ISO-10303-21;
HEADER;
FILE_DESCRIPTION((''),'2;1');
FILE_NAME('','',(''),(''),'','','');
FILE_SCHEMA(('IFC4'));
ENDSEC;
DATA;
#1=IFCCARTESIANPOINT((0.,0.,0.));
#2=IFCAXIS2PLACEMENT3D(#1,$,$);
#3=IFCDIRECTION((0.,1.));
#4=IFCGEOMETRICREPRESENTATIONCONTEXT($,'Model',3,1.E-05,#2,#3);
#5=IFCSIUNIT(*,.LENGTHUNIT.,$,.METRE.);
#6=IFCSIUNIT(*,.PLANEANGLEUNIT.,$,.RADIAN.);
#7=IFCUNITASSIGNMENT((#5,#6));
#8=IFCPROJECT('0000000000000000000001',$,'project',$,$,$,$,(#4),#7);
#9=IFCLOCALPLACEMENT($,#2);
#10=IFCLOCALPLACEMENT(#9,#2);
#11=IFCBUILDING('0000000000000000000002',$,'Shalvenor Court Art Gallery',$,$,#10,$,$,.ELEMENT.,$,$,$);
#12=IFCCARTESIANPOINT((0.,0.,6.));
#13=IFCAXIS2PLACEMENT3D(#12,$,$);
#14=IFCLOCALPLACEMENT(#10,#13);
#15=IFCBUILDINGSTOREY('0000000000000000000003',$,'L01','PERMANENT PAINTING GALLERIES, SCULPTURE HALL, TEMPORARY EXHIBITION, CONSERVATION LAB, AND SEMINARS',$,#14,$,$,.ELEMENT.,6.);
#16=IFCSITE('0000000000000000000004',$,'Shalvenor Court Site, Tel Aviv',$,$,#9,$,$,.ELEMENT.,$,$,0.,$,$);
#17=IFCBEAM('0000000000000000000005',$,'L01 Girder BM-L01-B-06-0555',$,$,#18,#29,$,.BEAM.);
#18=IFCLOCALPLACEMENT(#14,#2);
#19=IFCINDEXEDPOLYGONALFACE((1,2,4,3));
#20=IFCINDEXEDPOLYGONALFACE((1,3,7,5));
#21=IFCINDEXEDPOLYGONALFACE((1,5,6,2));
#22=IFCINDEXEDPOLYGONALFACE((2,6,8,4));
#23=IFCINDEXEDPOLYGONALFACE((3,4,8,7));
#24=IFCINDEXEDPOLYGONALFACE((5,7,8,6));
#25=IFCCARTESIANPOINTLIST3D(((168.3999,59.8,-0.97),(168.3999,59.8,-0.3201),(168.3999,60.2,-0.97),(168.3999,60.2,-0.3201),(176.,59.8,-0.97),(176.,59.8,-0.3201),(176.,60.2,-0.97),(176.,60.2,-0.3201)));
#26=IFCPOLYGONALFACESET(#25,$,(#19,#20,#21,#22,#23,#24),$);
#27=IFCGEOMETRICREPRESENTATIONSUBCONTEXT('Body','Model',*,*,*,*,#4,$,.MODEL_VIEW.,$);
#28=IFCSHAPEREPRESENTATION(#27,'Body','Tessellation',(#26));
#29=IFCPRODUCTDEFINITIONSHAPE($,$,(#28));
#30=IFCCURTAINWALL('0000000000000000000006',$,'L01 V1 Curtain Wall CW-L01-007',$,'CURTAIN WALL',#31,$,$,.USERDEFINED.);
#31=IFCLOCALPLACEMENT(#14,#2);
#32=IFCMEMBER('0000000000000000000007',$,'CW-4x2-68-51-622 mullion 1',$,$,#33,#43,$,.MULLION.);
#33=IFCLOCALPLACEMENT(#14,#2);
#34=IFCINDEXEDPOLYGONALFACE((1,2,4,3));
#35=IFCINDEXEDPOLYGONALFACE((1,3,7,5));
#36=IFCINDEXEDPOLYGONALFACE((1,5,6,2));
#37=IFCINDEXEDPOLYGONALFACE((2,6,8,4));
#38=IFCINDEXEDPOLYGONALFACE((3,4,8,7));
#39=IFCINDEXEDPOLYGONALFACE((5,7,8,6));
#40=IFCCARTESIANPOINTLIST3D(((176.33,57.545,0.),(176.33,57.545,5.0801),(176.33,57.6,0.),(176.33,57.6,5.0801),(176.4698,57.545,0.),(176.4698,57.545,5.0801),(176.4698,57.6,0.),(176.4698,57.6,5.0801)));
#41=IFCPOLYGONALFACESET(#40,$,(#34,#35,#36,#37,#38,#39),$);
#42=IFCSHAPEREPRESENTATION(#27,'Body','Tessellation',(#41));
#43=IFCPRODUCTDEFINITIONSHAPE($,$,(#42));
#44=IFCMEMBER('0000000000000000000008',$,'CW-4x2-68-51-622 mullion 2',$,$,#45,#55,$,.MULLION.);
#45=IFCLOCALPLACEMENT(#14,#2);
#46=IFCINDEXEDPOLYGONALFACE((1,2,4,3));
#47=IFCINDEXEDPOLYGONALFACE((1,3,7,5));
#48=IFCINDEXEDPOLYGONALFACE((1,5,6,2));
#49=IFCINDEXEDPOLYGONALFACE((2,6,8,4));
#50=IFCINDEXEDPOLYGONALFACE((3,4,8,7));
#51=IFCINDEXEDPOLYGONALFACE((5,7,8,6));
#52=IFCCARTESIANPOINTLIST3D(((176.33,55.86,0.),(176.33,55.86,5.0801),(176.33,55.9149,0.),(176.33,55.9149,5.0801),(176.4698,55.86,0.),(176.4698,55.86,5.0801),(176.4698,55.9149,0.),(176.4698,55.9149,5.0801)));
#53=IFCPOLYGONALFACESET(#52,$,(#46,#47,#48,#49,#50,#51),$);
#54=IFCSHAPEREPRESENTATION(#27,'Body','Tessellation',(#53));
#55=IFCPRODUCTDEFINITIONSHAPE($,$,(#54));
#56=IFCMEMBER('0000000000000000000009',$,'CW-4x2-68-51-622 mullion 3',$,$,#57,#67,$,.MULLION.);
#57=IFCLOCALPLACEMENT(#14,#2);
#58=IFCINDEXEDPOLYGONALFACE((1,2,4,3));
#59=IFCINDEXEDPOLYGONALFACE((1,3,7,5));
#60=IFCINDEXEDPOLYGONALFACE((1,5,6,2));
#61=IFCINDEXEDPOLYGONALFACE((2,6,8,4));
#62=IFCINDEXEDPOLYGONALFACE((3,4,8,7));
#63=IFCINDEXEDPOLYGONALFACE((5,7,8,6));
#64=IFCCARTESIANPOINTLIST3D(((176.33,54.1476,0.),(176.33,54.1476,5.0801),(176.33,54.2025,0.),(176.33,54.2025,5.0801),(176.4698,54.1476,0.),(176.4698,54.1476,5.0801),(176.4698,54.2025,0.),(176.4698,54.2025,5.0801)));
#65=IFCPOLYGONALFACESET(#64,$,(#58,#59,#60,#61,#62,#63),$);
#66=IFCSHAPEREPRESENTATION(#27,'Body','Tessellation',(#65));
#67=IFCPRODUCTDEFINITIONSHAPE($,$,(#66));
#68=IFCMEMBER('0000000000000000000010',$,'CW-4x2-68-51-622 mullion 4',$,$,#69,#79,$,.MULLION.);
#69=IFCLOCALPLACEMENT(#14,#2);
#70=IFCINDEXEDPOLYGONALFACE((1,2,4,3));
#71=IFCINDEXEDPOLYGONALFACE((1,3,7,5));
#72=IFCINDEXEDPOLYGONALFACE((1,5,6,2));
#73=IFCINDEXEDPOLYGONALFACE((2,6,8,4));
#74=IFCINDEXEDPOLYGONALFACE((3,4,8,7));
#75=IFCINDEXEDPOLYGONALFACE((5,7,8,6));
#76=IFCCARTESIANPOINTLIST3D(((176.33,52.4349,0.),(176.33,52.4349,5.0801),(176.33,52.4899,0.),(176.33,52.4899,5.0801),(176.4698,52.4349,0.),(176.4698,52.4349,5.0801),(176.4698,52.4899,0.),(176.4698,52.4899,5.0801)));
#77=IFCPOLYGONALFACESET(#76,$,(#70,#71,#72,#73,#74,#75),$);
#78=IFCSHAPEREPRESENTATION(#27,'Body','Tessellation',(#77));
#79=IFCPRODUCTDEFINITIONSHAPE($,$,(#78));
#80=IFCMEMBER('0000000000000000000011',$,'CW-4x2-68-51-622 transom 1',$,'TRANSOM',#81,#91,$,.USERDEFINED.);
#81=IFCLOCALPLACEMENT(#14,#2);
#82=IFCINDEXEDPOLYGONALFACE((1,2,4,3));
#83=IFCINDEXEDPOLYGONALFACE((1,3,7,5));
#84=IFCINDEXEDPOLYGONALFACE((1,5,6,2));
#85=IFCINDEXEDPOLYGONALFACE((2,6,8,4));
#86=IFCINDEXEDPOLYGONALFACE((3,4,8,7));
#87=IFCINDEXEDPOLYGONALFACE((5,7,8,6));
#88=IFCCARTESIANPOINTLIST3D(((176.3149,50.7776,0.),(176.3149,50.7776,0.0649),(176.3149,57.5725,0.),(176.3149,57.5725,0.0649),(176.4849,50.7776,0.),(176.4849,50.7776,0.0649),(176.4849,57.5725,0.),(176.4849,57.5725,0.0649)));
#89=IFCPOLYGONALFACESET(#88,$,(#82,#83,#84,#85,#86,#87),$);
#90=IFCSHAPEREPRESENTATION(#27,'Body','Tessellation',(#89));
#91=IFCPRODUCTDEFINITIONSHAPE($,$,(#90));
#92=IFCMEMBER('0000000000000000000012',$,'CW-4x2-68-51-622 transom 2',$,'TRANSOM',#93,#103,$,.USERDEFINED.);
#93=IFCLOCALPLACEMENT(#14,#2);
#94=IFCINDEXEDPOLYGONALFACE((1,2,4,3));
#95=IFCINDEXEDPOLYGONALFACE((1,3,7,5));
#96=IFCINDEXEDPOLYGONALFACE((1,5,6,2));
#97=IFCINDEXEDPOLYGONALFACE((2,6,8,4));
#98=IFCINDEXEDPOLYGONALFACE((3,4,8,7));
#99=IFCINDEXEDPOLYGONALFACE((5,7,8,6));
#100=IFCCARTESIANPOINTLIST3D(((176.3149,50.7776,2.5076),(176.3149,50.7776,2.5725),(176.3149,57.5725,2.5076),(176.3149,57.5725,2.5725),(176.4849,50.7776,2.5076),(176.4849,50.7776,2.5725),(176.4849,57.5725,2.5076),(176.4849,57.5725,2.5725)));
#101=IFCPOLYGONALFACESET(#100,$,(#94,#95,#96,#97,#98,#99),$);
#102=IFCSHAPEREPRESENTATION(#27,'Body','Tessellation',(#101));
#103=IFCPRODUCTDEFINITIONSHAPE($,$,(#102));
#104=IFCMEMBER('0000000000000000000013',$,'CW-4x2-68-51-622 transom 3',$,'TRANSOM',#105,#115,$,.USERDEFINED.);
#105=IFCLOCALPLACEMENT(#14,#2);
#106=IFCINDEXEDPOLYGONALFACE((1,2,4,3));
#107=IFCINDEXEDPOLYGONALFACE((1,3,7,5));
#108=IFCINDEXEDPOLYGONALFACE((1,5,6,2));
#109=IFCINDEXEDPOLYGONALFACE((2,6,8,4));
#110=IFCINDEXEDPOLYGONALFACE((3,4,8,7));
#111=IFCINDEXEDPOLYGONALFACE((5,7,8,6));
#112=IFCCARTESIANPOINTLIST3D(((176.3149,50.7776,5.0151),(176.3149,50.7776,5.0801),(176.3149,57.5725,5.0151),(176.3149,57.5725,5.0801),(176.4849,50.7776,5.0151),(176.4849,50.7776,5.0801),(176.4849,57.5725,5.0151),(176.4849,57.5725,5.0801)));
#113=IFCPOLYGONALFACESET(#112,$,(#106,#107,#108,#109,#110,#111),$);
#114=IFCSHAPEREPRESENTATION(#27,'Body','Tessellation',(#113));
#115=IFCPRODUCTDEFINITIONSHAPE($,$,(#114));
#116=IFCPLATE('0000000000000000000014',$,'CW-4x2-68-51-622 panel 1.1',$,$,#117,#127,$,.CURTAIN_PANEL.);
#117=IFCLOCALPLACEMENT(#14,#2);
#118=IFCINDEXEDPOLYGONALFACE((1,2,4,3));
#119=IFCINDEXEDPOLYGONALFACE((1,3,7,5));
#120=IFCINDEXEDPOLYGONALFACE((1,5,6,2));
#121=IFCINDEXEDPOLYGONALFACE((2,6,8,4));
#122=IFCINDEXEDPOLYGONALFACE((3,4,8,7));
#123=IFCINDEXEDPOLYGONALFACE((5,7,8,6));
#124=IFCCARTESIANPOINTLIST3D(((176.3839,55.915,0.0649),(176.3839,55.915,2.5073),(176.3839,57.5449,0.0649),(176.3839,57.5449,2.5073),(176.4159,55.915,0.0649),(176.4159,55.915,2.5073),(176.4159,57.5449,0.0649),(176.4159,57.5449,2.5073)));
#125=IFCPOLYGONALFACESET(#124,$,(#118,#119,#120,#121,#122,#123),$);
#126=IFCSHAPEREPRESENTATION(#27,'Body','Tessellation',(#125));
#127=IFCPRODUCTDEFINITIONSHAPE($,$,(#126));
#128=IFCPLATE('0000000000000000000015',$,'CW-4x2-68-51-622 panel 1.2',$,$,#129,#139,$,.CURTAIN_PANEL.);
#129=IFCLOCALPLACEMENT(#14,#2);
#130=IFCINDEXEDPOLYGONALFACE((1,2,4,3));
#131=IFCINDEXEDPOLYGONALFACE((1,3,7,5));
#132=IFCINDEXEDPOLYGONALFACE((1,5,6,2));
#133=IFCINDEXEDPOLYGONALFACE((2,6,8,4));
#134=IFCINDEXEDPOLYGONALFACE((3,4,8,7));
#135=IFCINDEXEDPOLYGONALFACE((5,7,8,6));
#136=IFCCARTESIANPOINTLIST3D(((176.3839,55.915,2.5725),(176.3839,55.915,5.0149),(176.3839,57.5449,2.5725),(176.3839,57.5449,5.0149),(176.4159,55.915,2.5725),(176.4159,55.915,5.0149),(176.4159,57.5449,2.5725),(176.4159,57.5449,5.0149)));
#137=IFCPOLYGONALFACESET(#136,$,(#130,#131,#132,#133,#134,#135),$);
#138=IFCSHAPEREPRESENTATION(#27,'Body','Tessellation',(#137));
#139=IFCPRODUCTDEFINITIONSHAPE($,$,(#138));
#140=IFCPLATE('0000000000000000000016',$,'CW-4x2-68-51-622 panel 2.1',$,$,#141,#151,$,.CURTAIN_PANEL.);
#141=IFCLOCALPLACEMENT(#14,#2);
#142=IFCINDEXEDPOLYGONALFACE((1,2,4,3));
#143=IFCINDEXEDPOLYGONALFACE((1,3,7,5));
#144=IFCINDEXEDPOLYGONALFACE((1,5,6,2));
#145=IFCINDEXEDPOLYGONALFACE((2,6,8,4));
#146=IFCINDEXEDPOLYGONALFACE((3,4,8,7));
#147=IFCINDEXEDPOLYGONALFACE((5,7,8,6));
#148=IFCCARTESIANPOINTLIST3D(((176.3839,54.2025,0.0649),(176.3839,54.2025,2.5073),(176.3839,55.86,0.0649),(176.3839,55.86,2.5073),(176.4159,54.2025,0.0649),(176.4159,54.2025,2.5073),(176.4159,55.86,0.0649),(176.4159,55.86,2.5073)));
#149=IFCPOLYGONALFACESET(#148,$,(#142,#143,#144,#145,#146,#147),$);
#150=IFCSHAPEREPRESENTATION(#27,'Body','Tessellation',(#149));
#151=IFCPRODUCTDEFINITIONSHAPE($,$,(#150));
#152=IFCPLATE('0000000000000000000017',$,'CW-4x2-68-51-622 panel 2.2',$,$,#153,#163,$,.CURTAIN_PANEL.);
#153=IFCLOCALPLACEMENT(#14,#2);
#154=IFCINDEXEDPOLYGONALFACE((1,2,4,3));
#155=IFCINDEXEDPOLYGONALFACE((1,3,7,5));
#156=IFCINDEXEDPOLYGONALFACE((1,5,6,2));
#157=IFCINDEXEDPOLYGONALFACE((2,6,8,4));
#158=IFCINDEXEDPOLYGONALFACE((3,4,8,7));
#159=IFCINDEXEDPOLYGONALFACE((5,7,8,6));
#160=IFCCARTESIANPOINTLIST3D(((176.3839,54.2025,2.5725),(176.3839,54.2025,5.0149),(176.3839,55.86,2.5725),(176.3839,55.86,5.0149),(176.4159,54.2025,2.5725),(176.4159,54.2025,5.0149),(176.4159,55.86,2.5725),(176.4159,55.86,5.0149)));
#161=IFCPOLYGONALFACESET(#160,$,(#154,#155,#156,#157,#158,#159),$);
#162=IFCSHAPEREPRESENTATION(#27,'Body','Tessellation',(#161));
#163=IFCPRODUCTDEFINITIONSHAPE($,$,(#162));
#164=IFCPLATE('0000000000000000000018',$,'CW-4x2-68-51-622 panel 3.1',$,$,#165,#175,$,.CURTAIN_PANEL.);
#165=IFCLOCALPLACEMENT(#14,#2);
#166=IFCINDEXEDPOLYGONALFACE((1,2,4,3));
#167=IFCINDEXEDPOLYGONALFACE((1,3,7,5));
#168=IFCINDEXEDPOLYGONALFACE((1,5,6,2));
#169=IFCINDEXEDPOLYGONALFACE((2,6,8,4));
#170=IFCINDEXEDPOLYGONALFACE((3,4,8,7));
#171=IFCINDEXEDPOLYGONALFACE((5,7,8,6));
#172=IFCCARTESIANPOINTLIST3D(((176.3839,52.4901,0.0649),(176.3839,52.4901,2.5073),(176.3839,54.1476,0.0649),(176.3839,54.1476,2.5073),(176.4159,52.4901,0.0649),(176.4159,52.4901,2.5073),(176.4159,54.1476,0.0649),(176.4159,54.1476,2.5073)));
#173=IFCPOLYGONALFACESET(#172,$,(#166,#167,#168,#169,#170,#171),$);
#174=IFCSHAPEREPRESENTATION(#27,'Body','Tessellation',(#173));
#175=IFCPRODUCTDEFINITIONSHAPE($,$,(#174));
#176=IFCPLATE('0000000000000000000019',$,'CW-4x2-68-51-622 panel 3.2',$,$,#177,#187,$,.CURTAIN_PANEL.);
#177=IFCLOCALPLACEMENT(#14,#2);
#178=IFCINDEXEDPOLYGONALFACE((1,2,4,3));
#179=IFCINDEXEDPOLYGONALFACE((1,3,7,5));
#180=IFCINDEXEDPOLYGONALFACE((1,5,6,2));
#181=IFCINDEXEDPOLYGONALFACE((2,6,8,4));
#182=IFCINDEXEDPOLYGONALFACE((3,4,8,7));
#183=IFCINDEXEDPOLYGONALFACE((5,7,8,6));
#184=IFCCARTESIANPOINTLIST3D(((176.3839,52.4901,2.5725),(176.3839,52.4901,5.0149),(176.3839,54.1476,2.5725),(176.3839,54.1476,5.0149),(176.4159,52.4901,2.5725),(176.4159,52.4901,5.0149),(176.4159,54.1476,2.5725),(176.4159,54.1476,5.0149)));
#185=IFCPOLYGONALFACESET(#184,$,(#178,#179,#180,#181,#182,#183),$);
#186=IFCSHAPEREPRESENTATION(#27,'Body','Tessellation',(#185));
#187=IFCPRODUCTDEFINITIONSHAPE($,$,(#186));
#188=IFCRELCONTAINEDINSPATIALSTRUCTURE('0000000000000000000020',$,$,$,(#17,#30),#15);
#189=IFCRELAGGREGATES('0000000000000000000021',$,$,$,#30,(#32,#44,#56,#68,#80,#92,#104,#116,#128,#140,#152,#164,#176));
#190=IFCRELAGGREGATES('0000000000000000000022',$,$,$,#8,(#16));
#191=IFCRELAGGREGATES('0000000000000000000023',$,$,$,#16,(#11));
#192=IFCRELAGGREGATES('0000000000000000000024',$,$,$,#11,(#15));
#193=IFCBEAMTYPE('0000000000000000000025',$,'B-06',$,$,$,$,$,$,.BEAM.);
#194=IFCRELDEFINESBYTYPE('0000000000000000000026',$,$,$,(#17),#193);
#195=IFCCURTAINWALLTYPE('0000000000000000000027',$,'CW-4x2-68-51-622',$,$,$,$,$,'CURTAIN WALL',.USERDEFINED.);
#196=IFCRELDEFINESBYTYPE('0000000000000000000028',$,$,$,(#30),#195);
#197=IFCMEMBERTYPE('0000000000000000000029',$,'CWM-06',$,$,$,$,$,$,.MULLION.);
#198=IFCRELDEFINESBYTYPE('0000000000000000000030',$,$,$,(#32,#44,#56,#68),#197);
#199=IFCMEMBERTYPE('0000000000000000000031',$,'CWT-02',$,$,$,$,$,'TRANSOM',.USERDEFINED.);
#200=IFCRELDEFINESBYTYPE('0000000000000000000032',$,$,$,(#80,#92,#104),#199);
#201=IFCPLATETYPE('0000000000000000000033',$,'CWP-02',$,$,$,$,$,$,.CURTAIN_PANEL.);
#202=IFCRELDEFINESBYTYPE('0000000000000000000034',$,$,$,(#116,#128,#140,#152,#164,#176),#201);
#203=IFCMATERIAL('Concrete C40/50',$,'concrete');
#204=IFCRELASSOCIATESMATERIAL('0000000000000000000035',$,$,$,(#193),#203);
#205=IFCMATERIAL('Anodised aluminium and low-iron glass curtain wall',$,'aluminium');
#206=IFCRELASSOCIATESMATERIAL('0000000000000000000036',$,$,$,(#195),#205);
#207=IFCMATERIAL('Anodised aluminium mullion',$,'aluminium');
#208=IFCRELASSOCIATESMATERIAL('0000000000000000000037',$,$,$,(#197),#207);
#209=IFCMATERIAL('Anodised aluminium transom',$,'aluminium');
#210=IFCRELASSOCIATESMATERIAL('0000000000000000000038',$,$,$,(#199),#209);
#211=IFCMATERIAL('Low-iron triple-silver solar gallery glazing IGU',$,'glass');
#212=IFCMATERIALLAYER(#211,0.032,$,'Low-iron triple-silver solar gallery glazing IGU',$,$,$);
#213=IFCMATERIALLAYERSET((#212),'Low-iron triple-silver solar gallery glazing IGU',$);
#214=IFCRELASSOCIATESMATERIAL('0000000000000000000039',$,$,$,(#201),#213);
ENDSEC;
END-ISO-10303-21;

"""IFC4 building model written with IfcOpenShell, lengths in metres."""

from ifc_helpers import new_model, si_unit, direction, frame, origin, origin_2d, place, context, subcontext, project, spatial, rectangle, extrude, material, layer, layer_set, material_profile, profile_set, type_object, element, aggregate, save


model = new_model("IFC4")

# Units and contexts
model_context = context("Model", 3, precision=1e-05, world=origin(), true_north=direction((0.0, 1.0)))
body_context = subcontext(model_context, "Body", "Model", "MODEL_VIEW")
ifc_project = project(units=[si_unit("LENGTHUNIT", "METRE"), si_unit("PLANEANGLEUNIT", "RADIAN")], contexts=[model_context])

# Site, building, storey
site_placement = place(None, origin())
site = spatial("IfcSite", under=ifc_project, at=site_placement, Name="Shalvenor Court Site, Tel Aviv", CompositionType="ELEMENT", RefElevation=0.0)
building_placement = place(site_placement, origin())
building = spatial("IfcBuilding", under=site, at=building_placement, Name="Shalvenor Court Art Gallery", CompositionType="ELEMENT")
storey_placement = place(building_placement, frame((0.0, 0.0, 6.0)))
storey = spatial("IfcBuildingStorey", under=building, at=storey_placement, Name="L01", Description="PERMANENT PAINTING GALLERIES, SCULPTURE HALL, TEMPORARY EXHIBITION, CONSERVATION LAB, AND SEMINARS", CompositionType="ELEMENT", Elevation=6.0)

# Beam
ifc_material_1 = material(Name="Concrete C40/50", Category="concrete")
ifc_material_profile_1 = material_profile(ifc_material_1, rectangle(XDim=0.3999, YDim=0.6499, at=origin_2d()), Name="RC 400x650")
ifc_profile_set_1 = profile_set([ifc_material_profile_1], Name="Concrete C40/50")
beam_type = type_object("IfcBeamType", Name="B-06", PredefinedType="BEAM", material=ifc_profile_set_1)
beam_placement = place(storey_placement, frame((168.3999, 60.0, -0.645), z_axis=(1.0, 0.0, 0.0), x_axis=(0.0, 1.0, 0.0)))
element("IfcBeam", 1, at=beam_placement, inside=storey, type_object=beam_type, Name="L01 Girder BM-L01-B-06-0555", PredefinedType="BEAM", context=body_context, shape_type="SweptSolid", body=[
    extrude(rectangle(XDim=0.3999, YDim=0.6499, at=origin_2d()), origin(), (0.0, 0.0, 1.0), 7.6001),
])

# Curtain wall, members, plates
ifc_material_2 = material(Name="Anodised aluminium and low-iron glass curtain wall", Category="aluminium")
curtain_wall_type = type_object("IfcCurtainWallType", Name="CW-4x2-68-51-622", ElementType="CURTAIN WALL", PredefinedType="USERDEFINED", material=ifc_material_2)
curtain_wall_placement = place(storey_placement, origin())
curtain_wall = element("IfcCurtainWall", 2, at=curtain_wall_placement, inside=storey, type_object=curtain_wall_type, Name="L01 V1 Curtain Wall CW-L01-007", ObjectType="CURTAIN WALL", PredefinedType="USERDEFINED")
ifc_material_3 = material(Name="Anodised aluminium mullion", Category="aluminium")
ifc_material_profile_2 = material_profile(ifc_material_3, rectangle(XDim=0.0549, YDim=0.1399, at=origin_2d()), Name="CWM-06")
ifc_profile_set_2 = profile_set([ifc_material_profile_2], Name="Anodised aluminium mullion")
member_type_1 = type_object("IfcMemberType", Name="CWM-06", PredefinedType="MULLION", material=ifc_profile_set_2)
member_1_placement = place(storey_placement, frame((176.3999, 57.5725, 0.0), z_axis=(0.0, 0.0, 1.0), x_axis=(0.0, -1.0, 0.0)))
member_1 = element("IfcMember", 3, at=member_1_placement, type_object=member_type_1, Name="CW-4x2-68-51-622 mullion 1", PredefinedType="MULLION", context=body_context, shape_type="SweptSolid", body=[
    extrude(rectangle(XDim=0.0549, YDim=0.1399, at=origin_2d()), origin(), (0.0, 0.0, 1.0), 5.0801),
])
member_2_placement = place(storey_placement, frame((176.3999, 55.8875, 0.0), z_axis=(0.0, 0.0, 1.0), x_axis=(0.0, -1.0, 0.0)))
member_2 = element("IfcMember", 4, at=member_2_placement, type_object=member_type_1, Name="CW-4x2-68-51-622 mullion 2", PredefinedType="MULLION", context=body_context, shape_type="SweptSolid", body=[
    extrude(rectangle(XDim=0.0549, YDim=0.1399, at=origin_2d()), origin(), (0.0, 0.0, 1.0), 5.0801),
])
member_3_placement = place(storey_placement, frame((176.3999, 54.175, 0.0), z_axis=(0.0, 0.0, 1.0), x_axis=(0.0, -1.0, 0.0)))
member_3 = element("IfcMember", 5, at=member_3_placement, type_object=member_type_1, Name="CW-4x2-68-51-622 mullion 3", PredefinedType="MULLION", context=body_context, shape_type="SweptSolid", body=[
    extrude(rectangle(XDim=0.0549, YDim=0.1399, at=origin_2d()), origin(), (0.0, 0.0, 1.0), 5.0801),
])
member_4_placement = place(storey_placement, frame((176.3999, 52.4624, 0.0), z_axis=(0.0, 0.0, 1.0), x_axis=(0.0, -1.0, 0.0)))
member_4 = element("IfcMember", 6, at=member_4_placement, type_object=member_type_1, Name="CW-4x2-68-51-622 mullion 4", PredefinedType="MULLION", context=body_context, shape_type="SweptSolid", body=[
    extrude(rectangle(XDim=0.0549, YDim=0.1399, at=origin_2d()), origin(), (0.0, 0.0, 1.0), 5.0801),
])
ifc_material_4 = material(Name="Anodised aluminium transom", Category="aluminium")
ifc_material_profile_3 = material_profile(ifc_material_4, rectangle(XDim=0.1699, YDim=0.0649, at=origin_2d()), Name="CWT-02")
ifc_profile_set_3 = profile_set([ifc_material_profile_3], Name="Anodised aluminium transom")
member_type_2 = type_object("IfcMemberType", Name="CWT-02", ElementType="TRANSOM", PredefinedType="USERDEFINED", material=ifc_profile_set_3)
member_5_placement = place(storey_placement, frame((176.3999, 57.5725, 0.0325), z_axis=(0.0, -1.0, 0.0), x_axis=(1.0, 0.0, 0.0)))
member_5 = element("IfcMember", 7, at=member_5_placement, type_object=member_type_2, Name="CW-4x2-68-51-622 transom 1", ObjectType="TRANSOM", PredefinedType="USERDEFINED", context=body_context, shape_type="SweptSolid", body=[
    extrude(rectangle(XDim=0.1699, YDim=0.0649, at=origin_2d()), origin(), (0.0, 0.0, 1.0), 6.7949),
])
member_6_placement = place(storey_placement, frame((176.3999, 57.5725, 2.54), z_axis=(0.0, -1.0, 0.0), x_axis=(1.0, 0.0, 0.0)))
member_6 = element("IfcMember", 8, at=member_6_placement, type_object=member_type_2, Name="CW-4x2-68-51-622 transom 2", ObjectType="TRANSOM", PredefinedType="USERDEFINED", context=body_context, shape_type="SweptSolid", body=[
    extrude(rectangle(XDim=0.1699, YDim=0.0649, at=origin_2d()), origin(), (0.0, 0.0, 1.0), 6.7949),
])
member_7_placement = place(storey_placement, frame((176.3999, 57.5725, 5.0476), z_axis=(0.0, -1.0, 0.0), x_axis=(1.0, 0.0, 0.0)))
member_7 = element("IfcMember", 9, at=member_7_placement, type_object=member_type_2, Name="CW-4x2-68-51-622 transom 3", ObjectType="TRANSOM", PredefinedType="USERDEFINED", context=body_context, shape_type="SweptSolid", body=[
    extrude(rectangle(XDim=0.1699, YDim=0.0649, at=origin_2d()), origin(), (0.0, 0.0, 1.0), 6.7949),
])
ifc_material_5 = material(Name="Low-iron triple-silver solar gallery glazing IGU", Category="glass")
ifc_layer_1 = layer(ifc_material_5, 0.032, Name="Low-iron triple-silver solar gallery glazing IGU")
ifc_layer_set_1 = layer_set([ifc_layer_1], Name="Low-iron triple-silver solar gallery glazing IGU")
plate_type_1 = type_object("IfcPlateType", Name="CWP-02", PredefinedType="CURTAIN_PANEL", material=ifc_layer_set_1)
plate_1_placement = place(storey_placement, frame((176.3999, 56.73, 0.0649), z_axis=(0.0, 0.0, 1.0), x_axis=(0.0, -1.0, 0.0)))
plate_1 = element("IfcPlate", 10, at=plate_1_placement, type_object=plate_type_1, Name="CW-4x2-68-51-622 panel 1.1", PredefinedType="CURTAIN_PANEL", context=body_context, shape_type="SweptSolid", body=[
    extrude(rectangle(XDim=1.6299, YDim=0.032, at=origin_2d()), origin(), (0.0, 0.0, 1.0), 2.4424),
])
plate_2_placement = place(storey_placement, frame((176.3999, 56.73, 2.5725), z_axis=(0.0, 0.0, 1.0), x_axis=(0.0, -1.0, 0.0)))
plate_2 = element("IfcPlate", 11, at=plate_2_placement, type_object=plate_type_1, Name="CW-4x2-68-51-622 panel 1.2", PredefinedType="CURTAIN_PANEL", context=body_context, shape_type="SweptSolid", body=[
    extrude(rectangle(XDim=1.6299, YDim=0.032, at=origin_2d()), origin(), (0.0, 0.0, 1.0), 2.4424),
])
plate_3_placement = place(storey_placement, frame((176.3999, 55.0312, 0.0649), z_axis=(0.0, 0.0, 1.0), x_axis=(0.0, -1.0, 0.0)))
plate_3 = element("IfcPlate", 12, at=plate_3_placement, type_object=plate_type_1, Name="CW-4x2-68-51-622 panel 2.1", PredefinedType="CURTAIN_PANEL", context=body_context, shape_type="SweptSolid", body=[
    extrude(rectangle(XDim=1.6575, YDim=0.032, at=origin_2d()), origin(), (0.0, 0.0, 1.0), 2.4424),
])
plate_4_placement = place(storey_placement, frame((176.3999, 55.0312, 2.5725), z_axis=(0.0, 0.0, 1.0), x_axis=(0.0, -1.0, 0.0)))
plate_4 = element("IfcPlate", 13, at=plate_4_placement, type_object=plate_type_1, Name="CW-4x2-68-51-622 panel 2.2", PredefinedType="CURTAIN_PANEL", context=body_context, shape_type="SweptSolid", body=[
    extrude(rectangle(XDim=1.6575, YDim=0.032, at=origin_2d()), origin(), (0.0, 0.0, 1.0), 2.4424),
])
plate_5_placement = place(storey_placement, frame((176.3999, 53.3188, 0.0649), z_axis=(0.0, 0.0, 1.0), x_axis=(0.0, -1.0, 0.0)))
plate_5 = element("IfcPlate", 14, at=plate_5_placement, type_object=plate_type_1, Name="CW-4x2-68-51-622 panel 3.1", PredefinedType="CURTAIN_PANEL", context=body_context, shape_type="SweptSolid", body=[
    extrude(rectangle(XDim=1.6575, YDim=0.032, at=origin_2d()), origin(), (0.0, 0.0, 1.0), 2.4424),
])
plate_6_placement = place(storey_placement, frame((176.3999, 53.3188, 2.5725), z_axis=(0.0, 0.0, 1.0), x_axis=(0.0, -1.0, 0.0)))
plate_6 = element("IfcPlate", 15, at=plate_6_placement, type_object=plate_type_1, Name="CW-4x2-68-51-622 panel 3.2", PredefinedType="CURTAIN_PANEL", context=body_context, shape_type="SweptSolid", body=[
    extrude(rectangle(XDim=1.6575, YDim=0.032, at=origin_2d()), origin(), (0.0, 0.0, 1.0), 2.4424),
])
aggregate(curtain_wall, [member_1, member_2, member_3, member_4, member_5, member_6, member_7, plate_1, plate_2, plate_3, plate_4, plate_5, plate_6])

save(model, "model.ifc")
